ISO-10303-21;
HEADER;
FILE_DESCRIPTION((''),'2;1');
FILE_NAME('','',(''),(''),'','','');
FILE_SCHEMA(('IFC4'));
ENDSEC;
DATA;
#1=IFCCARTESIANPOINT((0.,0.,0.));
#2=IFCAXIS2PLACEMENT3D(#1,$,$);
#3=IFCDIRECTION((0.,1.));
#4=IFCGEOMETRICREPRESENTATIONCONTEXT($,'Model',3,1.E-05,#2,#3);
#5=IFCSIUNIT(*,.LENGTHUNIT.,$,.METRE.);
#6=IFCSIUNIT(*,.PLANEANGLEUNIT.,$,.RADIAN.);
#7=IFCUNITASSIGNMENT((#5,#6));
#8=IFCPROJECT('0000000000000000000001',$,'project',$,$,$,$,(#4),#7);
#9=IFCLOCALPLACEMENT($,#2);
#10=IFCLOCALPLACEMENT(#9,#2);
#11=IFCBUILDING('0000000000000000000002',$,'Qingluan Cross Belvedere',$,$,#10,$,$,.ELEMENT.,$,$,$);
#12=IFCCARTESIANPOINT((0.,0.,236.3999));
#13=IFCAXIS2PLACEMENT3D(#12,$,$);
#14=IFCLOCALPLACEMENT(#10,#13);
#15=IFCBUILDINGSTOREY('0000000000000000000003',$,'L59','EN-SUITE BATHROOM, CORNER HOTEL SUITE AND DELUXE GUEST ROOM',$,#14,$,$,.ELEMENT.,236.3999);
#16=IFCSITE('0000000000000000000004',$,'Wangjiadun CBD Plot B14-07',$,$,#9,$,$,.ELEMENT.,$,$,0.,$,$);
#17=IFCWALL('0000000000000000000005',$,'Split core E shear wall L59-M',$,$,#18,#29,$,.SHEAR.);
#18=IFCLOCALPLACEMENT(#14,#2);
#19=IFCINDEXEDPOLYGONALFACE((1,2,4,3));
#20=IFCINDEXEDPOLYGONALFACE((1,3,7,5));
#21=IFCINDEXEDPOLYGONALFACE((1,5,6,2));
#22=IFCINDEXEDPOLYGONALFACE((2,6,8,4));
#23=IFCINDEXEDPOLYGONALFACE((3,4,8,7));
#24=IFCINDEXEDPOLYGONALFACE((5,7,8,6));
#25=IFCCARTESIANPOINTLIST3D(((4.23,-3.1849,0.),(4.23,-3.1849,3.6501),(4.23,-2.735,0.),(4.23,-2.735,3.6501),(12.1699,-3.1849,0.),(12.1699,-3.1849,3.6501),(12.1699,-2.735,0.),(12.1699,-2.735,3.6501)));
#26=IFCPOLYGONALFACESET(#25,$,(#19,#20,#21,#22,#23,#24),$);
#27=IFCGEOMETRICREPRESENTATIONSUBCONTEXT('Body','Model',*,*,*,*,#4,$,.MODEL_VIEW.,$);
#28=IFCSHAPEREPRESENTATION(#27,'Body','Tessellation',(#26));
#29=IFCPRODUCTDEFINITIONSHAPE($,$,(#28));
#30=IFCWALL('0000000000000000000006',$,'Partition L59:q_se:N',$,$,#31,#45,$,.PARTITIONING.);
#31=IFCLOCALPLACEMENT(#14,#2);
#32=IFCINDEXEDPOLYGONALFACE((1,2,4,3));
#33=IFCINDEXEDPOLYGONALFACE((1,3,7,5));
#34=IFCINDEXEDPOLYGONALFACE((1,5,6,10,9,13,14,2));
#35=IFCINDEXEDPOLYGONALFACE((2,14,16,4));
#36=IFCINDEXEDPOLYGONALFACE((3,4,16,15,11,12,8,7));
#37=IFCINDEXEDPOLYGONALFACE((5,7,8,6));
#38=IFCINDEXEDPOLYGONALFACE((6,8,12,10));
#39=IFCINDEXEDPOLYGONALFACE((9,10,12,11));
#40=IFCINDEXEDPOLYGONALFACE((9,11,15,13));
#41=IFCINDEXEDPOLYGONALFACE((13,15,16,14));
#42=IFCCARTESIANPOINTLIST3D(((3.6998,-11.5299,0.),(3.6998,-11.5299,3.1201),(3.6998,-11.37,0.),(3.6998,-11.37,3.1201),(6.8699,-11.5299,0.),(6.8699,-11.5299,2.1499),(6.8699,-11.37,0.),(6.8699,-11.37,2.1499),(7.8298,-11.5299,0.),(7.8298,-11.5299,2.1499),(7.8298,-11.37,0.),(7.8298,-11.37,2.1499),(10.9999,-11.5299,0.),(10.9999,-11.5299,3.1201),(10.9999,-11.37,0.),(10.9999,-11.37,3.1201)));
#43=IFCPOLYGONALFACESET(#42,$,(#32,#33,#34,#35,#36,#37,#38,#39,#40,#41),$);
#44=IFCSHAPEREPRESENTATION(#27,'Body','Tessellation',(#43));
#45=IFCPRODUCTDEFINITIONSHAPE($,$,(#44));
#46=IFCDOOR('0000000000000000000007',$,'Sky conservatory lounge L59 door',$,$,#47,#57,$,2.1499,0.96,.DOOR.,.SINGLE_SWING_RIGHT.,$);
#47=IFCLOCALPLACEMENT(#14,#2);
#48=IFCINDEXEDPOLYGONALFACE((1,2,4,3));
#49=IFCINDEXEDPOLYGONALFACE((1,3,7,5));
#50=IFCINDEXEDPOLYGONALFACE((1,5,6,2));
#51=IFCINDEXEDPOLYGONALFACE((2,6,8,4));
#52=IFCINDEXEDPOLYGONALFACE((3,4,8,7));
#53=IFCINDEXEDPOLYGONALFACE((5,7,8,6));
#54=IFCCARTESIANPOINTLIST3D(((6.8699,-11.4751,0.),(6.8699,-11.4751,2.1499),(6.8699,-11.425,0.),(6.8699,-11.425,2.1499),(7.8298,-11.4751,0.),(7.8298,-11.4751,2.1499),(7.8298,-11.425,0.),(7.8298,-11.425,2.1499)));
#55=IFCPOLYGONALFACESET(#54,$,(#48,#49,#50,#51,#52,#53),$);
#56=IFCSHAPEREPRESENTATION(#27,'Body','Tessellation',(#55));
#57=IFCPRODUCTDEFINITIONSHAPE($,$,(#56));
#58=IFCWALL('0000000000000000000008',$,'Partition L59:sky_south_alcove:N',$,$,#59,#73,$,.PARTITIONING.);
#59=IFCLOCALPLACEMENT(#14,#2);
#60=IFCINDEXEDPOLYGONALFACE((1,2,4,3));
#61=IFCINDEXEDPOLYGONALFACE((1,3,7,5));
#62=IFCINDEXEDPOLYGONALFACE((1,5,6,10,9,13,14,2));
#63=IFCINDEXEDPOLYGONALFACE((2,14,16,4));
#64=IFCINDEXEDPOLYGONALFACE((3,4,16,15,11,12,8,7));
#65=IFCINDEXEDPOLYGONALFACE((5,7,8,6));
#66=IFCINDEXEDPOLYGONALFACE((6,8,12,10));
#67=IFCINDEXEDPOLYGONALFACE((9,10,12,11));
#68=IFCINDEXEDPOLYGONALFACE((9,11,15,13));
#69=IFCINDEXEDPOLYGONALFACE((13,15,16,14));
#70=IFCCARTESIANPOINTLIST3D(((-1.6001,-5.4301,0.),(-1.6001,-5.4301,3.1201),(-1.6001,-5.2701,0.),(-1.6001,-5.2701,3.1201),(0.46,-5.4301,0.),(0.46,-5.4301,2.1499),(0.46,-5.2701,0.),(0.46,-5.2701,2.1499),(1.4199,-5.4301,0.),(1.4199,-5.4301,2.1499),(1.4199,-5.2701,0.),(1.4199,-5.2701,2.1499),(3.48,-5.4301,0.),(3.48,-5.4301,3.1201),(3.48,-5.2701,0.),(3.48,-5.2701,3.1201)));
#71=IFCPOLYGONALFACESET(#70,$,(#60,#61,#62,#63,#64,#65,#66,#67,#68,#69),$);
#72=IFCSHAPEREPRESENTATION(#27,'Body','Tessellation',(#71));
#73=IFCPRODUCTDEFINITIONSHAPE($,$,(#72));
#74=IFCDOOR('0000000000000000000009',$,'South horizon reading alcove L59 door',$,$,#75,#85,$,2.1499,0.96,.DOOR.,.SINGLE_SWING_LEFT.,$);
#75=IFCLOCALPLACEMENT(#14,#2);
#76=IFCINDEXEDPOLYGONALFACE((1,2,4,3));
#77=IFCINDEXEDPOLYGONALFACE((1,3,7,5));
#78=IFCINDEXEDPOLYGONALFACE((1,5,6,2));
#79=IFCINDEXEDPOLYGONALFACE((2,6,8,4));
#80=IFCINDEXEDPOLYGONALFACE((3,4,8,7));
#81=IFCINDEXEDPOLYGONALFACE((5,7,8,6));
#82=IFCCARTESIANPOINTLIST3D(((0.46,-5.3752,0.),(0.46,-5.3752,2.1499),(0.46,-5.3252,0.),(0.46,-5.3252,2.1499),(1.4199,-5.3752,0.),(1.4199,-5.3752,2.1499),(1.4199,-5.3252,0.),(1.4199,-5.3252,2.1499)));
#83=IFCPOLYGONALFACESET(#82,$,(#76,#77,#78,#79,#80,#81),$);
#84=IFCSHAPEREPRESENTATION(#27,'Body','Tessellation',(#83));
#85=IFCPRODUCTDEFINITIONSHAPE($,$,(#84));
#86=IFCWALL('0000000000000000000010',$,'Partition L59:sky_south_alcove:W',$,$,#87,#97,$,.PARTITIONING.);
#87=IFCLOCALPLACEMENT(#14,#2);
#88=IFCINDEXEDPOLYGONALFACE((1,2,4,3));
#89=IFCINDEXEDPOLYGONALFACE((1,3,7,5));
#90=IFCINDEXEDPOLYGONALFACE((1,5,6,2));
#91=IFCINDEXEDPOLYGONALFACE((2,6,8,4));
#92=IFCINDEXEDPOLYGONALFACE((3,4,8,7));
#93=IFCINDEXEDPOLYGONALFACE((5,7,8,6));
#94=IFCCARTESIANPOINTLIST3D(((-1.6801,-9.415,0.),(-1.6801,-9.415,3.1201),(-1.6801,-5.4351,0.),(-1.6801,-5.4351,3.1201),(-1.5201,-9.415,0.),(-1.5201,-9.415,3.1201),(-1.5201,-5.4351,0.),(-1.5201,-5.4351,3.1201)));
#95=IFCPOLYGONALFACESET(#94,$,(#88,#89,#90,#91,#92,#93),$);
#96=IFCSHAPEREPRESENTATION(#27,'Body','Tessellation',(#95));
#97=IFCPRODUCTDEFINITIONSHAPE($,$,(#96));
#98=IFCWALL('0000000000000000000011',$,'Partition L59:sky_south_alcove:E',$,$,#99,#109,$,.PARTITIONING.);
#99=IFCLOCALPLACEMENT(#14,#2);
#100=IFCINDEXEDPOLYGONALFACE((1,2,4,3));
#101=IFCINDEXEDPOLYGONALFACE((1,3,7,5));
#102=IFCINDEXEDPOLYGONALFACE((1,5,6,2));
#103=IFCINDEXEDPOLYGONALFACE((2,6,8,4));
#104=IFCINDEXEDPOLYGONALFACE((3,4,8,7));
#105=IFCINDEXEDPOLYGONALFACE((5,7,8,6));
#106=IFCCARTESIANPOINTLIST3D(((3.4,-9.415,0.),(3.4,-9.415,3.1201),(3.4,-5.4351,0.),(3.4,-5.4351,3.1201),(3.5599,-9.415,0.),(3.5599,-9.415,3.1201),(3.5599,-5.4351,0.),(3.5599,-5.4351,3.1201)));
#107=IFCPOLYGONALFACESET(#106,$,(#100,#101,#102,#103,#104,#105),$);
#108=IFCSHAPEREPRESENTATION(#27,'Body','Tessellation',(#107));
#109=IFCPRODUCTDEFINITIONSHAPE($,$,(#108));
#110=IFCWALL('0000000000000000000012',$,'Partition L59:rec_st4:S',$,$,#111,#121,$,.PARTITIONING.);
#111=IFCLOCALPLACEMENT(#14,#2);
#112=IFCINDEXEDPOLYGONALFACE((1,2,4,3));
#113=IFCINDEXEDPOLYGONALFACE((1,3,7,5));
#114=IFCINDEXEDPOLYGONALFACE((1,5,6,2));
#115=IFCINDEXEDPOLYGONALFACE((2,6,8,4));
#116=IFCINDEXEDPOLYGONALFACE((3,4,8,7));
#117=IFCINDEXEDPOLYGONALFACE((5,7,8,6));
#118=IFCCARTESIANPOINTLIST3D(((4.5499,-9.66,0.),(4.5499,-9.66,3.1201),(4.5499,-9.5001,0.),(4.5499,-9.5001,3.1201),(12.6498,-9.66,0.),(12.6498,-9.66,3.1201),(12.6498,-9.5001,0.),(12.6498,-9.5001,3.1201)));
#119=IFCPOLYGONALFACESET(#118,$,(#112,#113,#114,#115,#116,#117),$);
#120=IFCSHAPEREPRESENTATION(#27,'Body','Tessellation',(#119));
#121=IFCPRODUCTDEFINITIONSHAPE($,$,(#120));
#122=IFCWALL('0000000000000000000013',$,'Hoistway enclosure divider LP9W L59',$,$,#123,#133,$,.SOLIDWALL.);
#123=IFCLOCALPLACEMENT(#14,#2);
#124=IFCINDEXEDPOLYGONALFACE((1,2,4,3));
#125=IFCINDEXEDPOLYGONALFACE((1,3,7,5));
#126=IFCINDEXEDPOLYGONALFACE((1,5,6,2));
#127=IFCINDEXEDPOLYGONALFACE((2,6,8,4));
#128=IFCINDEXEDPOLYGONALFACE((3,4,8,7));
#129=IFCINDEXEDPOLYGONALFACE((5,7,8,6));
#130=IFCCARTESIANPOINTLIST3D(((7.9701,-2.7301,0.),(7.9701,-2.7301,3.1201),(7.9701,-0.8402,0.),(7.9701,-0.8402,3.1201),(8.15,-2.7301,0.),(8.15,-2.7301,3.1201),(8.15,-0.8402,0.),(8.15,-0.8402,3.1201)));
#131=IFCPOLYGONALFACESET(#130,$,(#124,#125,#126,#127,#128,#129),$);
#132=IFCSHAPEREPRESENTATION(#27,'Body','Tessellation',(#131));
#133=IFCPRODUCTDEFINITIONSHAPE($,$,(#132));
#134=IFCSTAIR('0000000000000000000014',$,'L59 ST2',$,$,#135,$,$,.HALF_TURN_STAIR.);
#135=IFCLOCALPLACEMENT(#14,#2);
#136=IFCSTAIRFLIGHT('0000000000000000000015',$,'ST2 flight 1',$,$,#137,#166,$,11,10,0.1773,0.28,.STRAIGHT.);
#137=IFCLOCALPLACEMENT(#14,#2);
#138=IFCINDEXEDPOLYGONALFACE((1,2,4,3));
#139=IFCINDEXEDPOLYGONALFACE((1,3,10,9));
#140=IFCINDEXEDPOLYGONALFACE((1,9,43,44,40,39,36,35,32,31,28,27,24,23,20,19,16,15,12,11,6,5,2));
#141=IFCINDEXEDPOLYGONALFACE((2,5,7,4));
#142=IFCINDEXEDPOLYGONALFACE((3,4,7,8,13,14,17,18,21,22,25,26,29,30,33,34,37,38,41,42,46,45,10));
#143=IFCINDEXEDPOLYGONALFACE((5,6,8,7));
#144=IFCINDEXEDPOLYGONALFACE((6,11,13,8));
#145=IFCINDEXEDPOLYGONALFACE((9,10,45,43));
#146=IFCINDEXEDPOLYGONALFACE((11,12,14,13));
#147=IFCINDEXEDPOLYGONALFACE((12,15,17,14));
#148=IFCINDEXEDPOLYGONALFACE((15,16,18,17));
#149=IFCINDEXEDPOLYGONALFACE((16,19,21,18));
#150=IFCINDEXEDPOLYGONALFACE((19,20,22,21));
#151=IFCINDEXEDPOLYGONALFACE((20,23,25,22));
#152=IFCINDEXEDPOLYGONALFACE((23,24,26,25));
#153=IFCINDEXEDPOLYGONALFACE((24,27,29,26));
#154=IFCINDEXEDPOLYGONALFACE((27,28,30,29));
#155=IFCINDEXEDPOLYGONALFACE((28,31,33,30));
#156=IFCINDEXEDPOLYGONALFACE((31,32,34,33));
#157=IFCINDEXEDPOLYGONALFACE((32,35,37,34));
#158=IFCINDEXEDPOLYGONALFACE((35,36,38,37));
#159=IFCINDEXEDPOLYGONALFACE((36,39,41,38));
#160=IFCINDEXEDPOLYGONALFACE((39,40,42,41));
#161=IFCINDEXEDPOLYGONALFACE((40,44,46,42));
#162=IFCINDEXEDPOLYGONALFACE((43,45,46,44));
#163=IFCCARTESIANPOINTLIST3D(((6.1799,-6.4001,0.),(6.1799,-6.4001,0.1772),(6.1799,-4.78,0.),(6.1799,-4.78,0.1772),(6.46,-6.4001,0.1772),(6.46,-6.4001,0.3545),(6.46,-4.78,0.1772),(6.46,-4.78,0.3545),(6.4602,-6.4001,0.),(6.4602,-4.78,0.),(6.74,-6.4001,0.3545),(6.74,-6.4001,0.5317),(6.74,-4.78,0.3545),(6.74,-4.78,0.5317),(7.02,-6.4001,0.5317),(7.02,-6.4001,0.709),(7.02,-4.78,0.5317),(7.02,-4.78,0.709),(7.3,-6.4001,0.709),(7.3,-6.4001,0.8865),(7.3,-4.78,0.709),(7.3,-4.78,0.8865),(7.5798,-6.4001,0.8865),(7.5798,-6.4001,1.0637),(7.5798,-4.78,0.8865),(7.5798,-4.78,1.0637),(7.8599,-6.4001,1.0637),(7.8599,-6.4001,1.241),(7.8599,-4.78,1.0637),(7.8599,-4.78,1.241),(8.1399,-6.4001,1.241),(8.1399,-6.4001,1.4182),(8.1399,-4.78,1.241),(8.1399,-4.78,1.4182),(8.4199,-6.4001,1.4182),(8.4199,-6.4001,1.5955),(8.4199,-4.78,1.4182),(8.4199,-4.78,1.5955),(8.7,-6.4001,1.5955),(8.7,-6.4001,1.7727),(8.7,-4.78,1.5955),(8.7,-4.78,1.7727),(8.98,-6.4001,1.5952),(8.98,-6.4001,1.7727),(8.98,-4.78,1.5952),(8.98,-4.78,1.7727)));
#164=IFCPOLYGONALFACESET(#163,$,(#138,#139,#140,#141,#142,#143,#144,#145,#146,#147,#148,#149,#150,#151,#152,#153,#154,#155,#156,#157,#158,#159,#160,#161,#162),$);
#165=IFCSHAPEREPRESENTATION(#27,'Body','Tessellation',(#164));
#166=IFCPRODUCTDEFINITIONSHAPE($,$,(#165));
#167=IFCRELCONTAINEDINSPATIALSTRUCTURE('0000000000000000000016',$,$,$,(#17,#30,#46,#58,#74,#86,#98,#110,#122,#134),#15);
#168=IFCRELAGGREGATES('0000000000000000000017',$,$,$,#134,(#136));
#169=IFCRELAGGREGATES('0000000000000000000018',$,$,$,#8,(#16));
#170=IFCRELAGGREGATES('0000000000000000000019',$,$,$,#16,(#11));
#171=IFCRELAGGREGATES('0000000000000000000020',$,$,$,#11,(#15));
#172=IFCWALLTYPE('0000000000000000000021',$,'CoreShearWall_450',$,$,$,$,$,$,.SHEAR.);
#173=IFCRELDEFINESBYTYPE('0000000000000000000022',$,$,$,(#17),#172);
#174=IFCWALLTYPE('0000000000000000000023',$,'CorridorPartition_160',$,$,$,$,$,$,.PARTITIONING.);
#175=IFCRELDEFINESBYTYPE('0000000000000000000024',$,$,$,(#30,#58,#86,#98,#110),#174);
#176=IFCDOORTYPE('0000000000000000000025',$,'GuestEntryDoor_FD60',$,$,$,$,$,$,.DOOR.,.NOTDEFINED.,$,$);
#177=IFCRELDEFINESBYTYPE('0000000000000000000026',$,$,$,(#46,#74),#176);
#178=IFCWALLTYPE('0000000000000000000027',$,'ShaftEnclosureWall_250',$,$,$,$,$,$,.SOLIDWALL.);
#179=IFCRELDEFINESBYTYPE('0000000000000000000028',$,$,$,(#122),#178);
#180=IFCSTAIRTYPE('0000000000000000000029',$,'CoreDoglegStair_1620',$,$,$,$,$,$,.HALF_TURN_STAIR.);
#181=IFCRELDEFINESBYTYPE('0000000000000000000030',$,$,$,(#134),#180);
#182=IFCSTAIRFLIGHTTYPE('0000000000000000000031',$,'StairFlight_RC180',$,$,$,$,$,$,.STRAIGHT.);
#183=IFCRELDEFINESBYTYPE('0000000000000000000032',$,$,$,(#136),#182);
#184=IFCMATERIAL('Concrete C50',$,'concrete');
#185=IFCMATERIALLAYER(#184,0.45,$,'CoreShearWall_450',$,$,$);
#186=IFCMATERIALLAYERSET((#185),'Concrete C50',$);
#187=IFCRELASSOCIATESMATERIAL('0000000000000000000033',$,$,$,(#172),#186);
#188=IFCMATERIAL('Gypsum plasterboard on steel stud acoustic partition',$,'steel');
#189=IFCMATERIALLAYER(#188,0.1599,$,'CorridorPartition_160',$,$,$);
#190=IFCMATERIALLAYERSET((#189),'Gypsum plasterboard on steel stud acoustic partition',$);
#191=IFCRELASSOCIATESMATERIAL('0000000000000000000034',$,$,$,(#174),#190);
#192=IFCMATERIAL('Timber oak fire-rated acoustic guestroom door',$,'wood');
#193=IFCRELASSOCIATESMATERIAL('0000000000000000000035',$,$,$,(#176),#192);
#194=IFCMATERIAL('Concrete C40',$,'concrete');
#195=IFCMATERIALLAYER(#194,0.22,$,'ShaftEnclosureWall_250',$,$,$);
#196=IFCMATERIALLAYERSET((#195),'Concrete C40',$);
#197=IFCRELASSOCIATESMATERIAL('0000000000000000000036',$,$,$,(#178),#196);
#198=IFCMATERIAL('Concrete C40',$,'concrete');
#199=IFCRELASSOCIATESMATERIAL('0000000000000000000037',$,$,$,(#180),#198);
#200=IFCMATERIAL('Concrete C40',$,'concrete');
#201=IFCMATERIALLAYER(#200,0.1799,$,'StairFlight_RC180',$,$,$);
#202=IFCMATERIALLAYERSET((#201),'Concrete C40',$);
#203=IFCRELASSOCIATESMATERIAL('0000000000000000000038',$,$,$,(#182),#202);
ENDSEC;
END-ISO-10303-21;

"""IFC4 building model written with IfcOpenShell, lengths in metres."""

from ifc_helpers import new_model, si_unit, direction, frame, frame_2d, origin, place, context, subcontext, project, spatial, polyline, rectangle, outline, extrude, material, layer, layer_set, type_object, element, fill, aggregate, save


model = new_model("IFC4")

# Units and contexts
model_context = context("Model", 3, precision=1e-05, world=origin(), true_north=direction((0.0, 1.0)))
body_context = subcontext(model_context, "Body", "Model", "MODEL_VIEW")
ifc_project = project(units=[si_unit("LENGTHUNIT", "METRE"), si_unit("PLANEANGLEUNIT", "RADIAN")], contexts=[model_context])

# Site, building, storey
site_placement = place(None, origin())
site = spatial("IfcSite", under=ifc_project, at=site_placement, Name="Wangjiadun CBD Plot B14-07", CompositionType="ELEMENT", RefElevation=0.0)
building_placement = place(site_placement, origin())
building = spatial("IfcBuilding", under=site, at=building_placement, Name="Qingluan Cross Belvedere", CompositionType="ELEMENT")
storey_placement = place(building_placement, frame((0.0, 0.0, 236.3999)))
storey = spatial("IfcBuildingStorey", under=building, at=storey_placement, Name="L59", Description="EN-SUITE BATHROOM, CORNER HOTEL SUITE AND DELUXE GUEST ROOM", CompositionType="ELEMENT", Elevation=236.3999)

# Shared definitions
ifc_material_1 = material(Name="Concrete C50", Category="concrete")
ifc_layer_1 = layer(ifc_material_1, 0.45, Name="CoreShearWall_450")
ifc_layer_set_1 = layer_set([ifc_layer_1], Name="Concrete C50")
wall_type_1 = type_object("IfcWallType", Name="CoreShearWall_450", PredefinedType="SHEAR", material=ifc_layer_set_1)

# Wall
wall_1_placement = place(storey_placement, frame((4.23, -2.96, 0.0), z_axis=(0.0, 0.0, 1.0), x_axis=(1.0, 0.0, 0.0)))
element("IfcWall", 1, at=wall_1_placement, inside=storey, type_object=wall_type_1, Name="Split core E shear wall L59-M", PredefinedType="SHEAR", context=body_context, shape_type="SweptSolid", body=[
    extrude(rectangle(XDim=7.9399, YDim=0.45, at=frame_2d((3.97, 0.0))), origin(), (0.0, 0.0, 1.0), 3.6501),
])

# Walls, openings, doors
ifc_material_2 = material(Name="Gypsum plasterboard on steel stud acoustic partition", Category="steel")
ifc_layer_2 = layer(ifc_material_2, 0.1599, Name="CorridorPartition_160")
ifc_layer_set_2 = layer_set([ifc_layer_2], Name="Gypsum plasterboard on steel stud acoustic partition")
wall_type_2 = type_object("IfcWallType", Name="CorridorPartition_160", PredefinedType="PARTITIONING", material=ifc_layer_set_2)
wall_2_placement = place(storey_placement, frame((3.7, -11.45, 0.0), z_axis=(0.0, 0.0, 1.0), x_axis=(1.0, 0.0, 0.0)))
wall_2 = element("IfcWall", 2, at=wall_2_placement, inside=storey, type_object=wall_type_2, Name="Partition L59:q_se:N", PredefinedType="PARTITIONING", context=body_context, shape_type="SweptSolid", body=[
    extrude(rectangle(XDim=7.3, YDim=0.1599, at=frame_2d((3.6499, 0.0))), origin(), (0.0, 0.0, 1.0), 3.1201),
])
opening_1_placement = place(wall_2_placement, frame((3.1699, 0.0, 0.0)))
opening_1 = element("IfcOpeningElement", 3, at=opening_1_placement, cuts=wall_2, PredefinedType="OPENING", context=body_context, shape_type="SweptSolid", body=[
    extrude(rectangle(XDim=0.96, YDim=2.1499, at=frame_2d((0.48, 1.075))), frame((0.0, 0.0898, 0.0), z_axis=(0.0, -1.0, 0.0), x_axis=(1.0, 0.0, 0.0)), (0.0, 0.0, 1.0), 0.1799),
])
ifc_material_3 = material(Name="Timber oak fire-rated acoustic guestroom door", Category="wood")
door_type_1 = type_object("IfcDoorType", Name="GuestEntryDoor_FD60", OperationType="NOTDEFINED", PredefinedType="DOOR", material=ifc_material_3)
door_1_placement = place(opening_1_placement, origin())
door_1 = element("IfcDoor", 4, at=door_1_placement, inside=storey, type_object=door_type_1, Name="Sky conservatory lounge L59 door", OperationType="SINGLE_SWING_RIGHT", OverallHeight=2.1499, OverallWidth=0.96, PredefinedType="DOOR", context=body_context, shape_type="SweptSolid", body=[
    extrude(rectangle(XDim=0.96, YDim=2.1499, at=frame_2d((0.48, 1.075))), frame((0.0, 0.0249, 0.0), z_axis=(0.0, -1.0, 0.0), x_axis=(1.0, 0.0, 0.0)), (0.0, 0.0, 1.0), 0.05),
])
fill(opening_1, door_1)
wall_3_placement = place(storey_placement, frame((-1.6001, -5.3501, 0.0), z_axis=(0.0, 0.0, 1.0), x_axis=(1.0, 0.0, 0.0)))
wall_3 = element("IfcWall", 5, at=wall_3_placement, inside=storey, type_object=wall_type_2, Name="Partition L59:sky_south_alcove:N", PredefinedType="PARTITIONING", context=body_context, shape_type="SweptSolid", body=[
    extrude(rectangle(XDim=5.0801, YDim=0.1599, at=frame_2d((2.54, 0.0))), origin(), (0.0, 0.0, 1.0), 3.1201),
])
opening_2_placement = place(wall_3_placement, frame((2.0601, 0.0, 0.0)))
opening_2 = element("IfcOpeningElement", 6, at=opening_2_placement, cuts=wall_3, PredefinedType="OPENING", context=body_context, shape_type="SweptSolid", body=[
    extrude(rectangle(XDim=0.96, YDim=2.1499, at=frame_2d((0.48, 1.075))), frame((0.0, 0.0898, 0.0), z_axis=(0.0, -1.0, 0.0), x_axis=(1.0, 0.0, 0.0)), (0.0, 0.0, 1.0), 0.1799),
])
door_2_placement = place(opening_2_placement, origin())
door_2 = element("IfcDoor", 7, at=door_2_placement, inside=storey, type_object=door_type_1, Name="South horizon reading alcove L59 door", OperationType="SINGLE_SWING_LEFT", OverallHeight=2.1499, OverallWidth=0.96, PredefinedType="DOOR", context=body_context, shape_type="SweptSolid", body=[
    extrude(rectangle(XDim=0.96, YDim=2.1499, at=frame_2d((0.48, 1.075))), frame((0.0, 0.0249, 0.0), z_axis=(0.0, -1.0, 0.0), x_axis=(1.0, 0.0, 0.0)), (0.0, 0.0, 1.0), 0.05),
])
fill(opening_2, door_2)

# Walls
for number, where, z_axis, x_axis, name in (
    (8, (-1.6001, -9.415, 0.0), (0.0, 0.0, 1.0), (0.0, 1.0, 0.0), "Partition L59:sky_south_alcove:W"),
    (9, (3.48, -9.415, 0.0), (0.0, 0.0, 1.0), (0.0, 1.0, 0.0), "Partition L59:sky_south_alcove:E"),
):
    element("IfcWall", number, at=place(storey_placement, frame(where, z_axis=z_axis, x_axis=x_axis)), inside=storey, type_object=wall_type_2, Name=name, PredefinedType="PARTITIONING", context=body_context, shape_type="SweptSolid", body=[
        extrude(rectangle(XDim=3.98, YDim=0.1599, at=frame_2d((1.99, 0.0))), origin(), (0.0, 0.0, 1.0), 3.1201),
    ])
wall_4_placement = place(storey_placement, frame((4.55, -9.5801, 0.0), z_axis=(0.0, 0.0, 1.0), x_axis=(1.0, 0.0, 0.0)))
element("IfcWall", 10, at=wall_4_placement, inside=storey, type_object=wall_type_2, Name="Partition L59:rec_st4:S", PredefinedType="PARTITIONING", context=body_context, shape_type="SweptSolid", body=[
    extrude(rectangle(XDim=8.0999, YDim=0.1599, at=frame_2d((4.0498, 0.0))), origin(), (0.0, 0.0, 1.0), 3.1201),
])

# Wall
ifc_material_4 = material(Name="Concrete C40", Category="concrete")
ifc_layer_3 = layer(ifc_material_4, 0.22, Name="ShaftEnclosureWall_250")
ifc_layer_set_3 = layer_set([ifc_layer_3], Name="Concrete C40")
wall_type_3 = type_object("IfcWallType", Name="ShaftEnclosureWall_250", PredefinedType="SOLIDWALL", material=ifc_layer_set_3)
wall_5_placement = place(storey_placement, frame((8.0601, -2.73, 0.0), z_axis=(0.0, 0.0, 1.0), x_axis=(0.0, 1.0, 0.0)))
element("IfcWall", 11, at=wall_5_placement, inside=storey, type_object=wall_type_3, Name="Hoistway enclosure divider LP9W L59", PredefinedType="SOLIDWALL", context=body_context, shape_type="SweptSolid", body=[
    extrude(rectangle(XDim=1.8899, YDim=0.1799, at=frame_2d((0.9448, 0.0))), origin(), (0.0, 0.0, 1.0), 3.1201),
])

# Stair, stair flight
ifc_material_5 = material(Name="Concrete C40", Category="concrete")
stair_type = type_object("IfcStairType", Name="CoreDoglegStair_1620", PredefinedType="HALF_TURN_STAIR", material=ifc_material_5)
stair_placement = place(storey_placement, origin())
stair = element("IfcStair", 12, at=stair_placement, inside=storey, type_object=stair_type, Name="L59 ST2", PredefinedType="HALF_TURN_STAIR")
ifc_material_6 = material(Name="Concrete C40", Category="concrete")
ifc_layer_4 = layer(ifc_material_6, 0.1799, Name="StairFlight_RC180")
ifc_layer_set_4 = layer_set([ifc_layer_4], Name="Concrete C40")
stair_flight_type = type_object("IfcStairFlightType", Name="StairFlight_RC180", PredefinedType="STRAIGHT", material=ifc_layer_set_4)
stair_flight_placement = place(storey_placement, frame((6.1799, -5.5901, 0.0), z_axis=(0.0, 0.0, 1.0), x_axis=(1.0, 0.0, 0.0)))
stair_flight = element("IfcStairFlight", 13, at=stair_flight_placement, type_object=stair_flight_type, Name="ST2 flight 1", NumberOfRisers=11, NumberOfTreads=10, PredefinedType="STRAIGHT", RiserHeight=0.1773, TreadLength=0.28, context=body_context, shape_type="SweptSolid", body=[
    extrude(outline(polyline([(0.0, 0.0), (0.0, 0.1772), (0.28, 0.1772), (0.28, 0.3545), (0.5601, 0.3545), (0.5601, 0.5317), (0.8401, 0.5317), (0.8401, 0.709), (1.1201, 0.709), (1.1201, 0.8865), (1.3999, 0.8865), (1.3999, 1.0637), (1.6799, 1.0637), (1.6799, 1.241), (1.96, 1.241), (1.96, 1.4182), (2.24, 1.4182), (2.24, 1.5955), (2.52, 1.5955), (2.52, 1.7727), (2.8, 1.7727), (2.8, 1.95), (2.8, 1.5952), (0.2803, 0.0), (0.0, 0.0)])), frame((0.0, 0.8101, 0.0), z_axis=(0.0, -1.0, 0.0), x_axis=(1.0, 0.0, 0.0)), (0.0, 0.0, 1.0), 1.6201),
])
aggregate(stair, [stair_flight])

save(model, "model.ifc")
